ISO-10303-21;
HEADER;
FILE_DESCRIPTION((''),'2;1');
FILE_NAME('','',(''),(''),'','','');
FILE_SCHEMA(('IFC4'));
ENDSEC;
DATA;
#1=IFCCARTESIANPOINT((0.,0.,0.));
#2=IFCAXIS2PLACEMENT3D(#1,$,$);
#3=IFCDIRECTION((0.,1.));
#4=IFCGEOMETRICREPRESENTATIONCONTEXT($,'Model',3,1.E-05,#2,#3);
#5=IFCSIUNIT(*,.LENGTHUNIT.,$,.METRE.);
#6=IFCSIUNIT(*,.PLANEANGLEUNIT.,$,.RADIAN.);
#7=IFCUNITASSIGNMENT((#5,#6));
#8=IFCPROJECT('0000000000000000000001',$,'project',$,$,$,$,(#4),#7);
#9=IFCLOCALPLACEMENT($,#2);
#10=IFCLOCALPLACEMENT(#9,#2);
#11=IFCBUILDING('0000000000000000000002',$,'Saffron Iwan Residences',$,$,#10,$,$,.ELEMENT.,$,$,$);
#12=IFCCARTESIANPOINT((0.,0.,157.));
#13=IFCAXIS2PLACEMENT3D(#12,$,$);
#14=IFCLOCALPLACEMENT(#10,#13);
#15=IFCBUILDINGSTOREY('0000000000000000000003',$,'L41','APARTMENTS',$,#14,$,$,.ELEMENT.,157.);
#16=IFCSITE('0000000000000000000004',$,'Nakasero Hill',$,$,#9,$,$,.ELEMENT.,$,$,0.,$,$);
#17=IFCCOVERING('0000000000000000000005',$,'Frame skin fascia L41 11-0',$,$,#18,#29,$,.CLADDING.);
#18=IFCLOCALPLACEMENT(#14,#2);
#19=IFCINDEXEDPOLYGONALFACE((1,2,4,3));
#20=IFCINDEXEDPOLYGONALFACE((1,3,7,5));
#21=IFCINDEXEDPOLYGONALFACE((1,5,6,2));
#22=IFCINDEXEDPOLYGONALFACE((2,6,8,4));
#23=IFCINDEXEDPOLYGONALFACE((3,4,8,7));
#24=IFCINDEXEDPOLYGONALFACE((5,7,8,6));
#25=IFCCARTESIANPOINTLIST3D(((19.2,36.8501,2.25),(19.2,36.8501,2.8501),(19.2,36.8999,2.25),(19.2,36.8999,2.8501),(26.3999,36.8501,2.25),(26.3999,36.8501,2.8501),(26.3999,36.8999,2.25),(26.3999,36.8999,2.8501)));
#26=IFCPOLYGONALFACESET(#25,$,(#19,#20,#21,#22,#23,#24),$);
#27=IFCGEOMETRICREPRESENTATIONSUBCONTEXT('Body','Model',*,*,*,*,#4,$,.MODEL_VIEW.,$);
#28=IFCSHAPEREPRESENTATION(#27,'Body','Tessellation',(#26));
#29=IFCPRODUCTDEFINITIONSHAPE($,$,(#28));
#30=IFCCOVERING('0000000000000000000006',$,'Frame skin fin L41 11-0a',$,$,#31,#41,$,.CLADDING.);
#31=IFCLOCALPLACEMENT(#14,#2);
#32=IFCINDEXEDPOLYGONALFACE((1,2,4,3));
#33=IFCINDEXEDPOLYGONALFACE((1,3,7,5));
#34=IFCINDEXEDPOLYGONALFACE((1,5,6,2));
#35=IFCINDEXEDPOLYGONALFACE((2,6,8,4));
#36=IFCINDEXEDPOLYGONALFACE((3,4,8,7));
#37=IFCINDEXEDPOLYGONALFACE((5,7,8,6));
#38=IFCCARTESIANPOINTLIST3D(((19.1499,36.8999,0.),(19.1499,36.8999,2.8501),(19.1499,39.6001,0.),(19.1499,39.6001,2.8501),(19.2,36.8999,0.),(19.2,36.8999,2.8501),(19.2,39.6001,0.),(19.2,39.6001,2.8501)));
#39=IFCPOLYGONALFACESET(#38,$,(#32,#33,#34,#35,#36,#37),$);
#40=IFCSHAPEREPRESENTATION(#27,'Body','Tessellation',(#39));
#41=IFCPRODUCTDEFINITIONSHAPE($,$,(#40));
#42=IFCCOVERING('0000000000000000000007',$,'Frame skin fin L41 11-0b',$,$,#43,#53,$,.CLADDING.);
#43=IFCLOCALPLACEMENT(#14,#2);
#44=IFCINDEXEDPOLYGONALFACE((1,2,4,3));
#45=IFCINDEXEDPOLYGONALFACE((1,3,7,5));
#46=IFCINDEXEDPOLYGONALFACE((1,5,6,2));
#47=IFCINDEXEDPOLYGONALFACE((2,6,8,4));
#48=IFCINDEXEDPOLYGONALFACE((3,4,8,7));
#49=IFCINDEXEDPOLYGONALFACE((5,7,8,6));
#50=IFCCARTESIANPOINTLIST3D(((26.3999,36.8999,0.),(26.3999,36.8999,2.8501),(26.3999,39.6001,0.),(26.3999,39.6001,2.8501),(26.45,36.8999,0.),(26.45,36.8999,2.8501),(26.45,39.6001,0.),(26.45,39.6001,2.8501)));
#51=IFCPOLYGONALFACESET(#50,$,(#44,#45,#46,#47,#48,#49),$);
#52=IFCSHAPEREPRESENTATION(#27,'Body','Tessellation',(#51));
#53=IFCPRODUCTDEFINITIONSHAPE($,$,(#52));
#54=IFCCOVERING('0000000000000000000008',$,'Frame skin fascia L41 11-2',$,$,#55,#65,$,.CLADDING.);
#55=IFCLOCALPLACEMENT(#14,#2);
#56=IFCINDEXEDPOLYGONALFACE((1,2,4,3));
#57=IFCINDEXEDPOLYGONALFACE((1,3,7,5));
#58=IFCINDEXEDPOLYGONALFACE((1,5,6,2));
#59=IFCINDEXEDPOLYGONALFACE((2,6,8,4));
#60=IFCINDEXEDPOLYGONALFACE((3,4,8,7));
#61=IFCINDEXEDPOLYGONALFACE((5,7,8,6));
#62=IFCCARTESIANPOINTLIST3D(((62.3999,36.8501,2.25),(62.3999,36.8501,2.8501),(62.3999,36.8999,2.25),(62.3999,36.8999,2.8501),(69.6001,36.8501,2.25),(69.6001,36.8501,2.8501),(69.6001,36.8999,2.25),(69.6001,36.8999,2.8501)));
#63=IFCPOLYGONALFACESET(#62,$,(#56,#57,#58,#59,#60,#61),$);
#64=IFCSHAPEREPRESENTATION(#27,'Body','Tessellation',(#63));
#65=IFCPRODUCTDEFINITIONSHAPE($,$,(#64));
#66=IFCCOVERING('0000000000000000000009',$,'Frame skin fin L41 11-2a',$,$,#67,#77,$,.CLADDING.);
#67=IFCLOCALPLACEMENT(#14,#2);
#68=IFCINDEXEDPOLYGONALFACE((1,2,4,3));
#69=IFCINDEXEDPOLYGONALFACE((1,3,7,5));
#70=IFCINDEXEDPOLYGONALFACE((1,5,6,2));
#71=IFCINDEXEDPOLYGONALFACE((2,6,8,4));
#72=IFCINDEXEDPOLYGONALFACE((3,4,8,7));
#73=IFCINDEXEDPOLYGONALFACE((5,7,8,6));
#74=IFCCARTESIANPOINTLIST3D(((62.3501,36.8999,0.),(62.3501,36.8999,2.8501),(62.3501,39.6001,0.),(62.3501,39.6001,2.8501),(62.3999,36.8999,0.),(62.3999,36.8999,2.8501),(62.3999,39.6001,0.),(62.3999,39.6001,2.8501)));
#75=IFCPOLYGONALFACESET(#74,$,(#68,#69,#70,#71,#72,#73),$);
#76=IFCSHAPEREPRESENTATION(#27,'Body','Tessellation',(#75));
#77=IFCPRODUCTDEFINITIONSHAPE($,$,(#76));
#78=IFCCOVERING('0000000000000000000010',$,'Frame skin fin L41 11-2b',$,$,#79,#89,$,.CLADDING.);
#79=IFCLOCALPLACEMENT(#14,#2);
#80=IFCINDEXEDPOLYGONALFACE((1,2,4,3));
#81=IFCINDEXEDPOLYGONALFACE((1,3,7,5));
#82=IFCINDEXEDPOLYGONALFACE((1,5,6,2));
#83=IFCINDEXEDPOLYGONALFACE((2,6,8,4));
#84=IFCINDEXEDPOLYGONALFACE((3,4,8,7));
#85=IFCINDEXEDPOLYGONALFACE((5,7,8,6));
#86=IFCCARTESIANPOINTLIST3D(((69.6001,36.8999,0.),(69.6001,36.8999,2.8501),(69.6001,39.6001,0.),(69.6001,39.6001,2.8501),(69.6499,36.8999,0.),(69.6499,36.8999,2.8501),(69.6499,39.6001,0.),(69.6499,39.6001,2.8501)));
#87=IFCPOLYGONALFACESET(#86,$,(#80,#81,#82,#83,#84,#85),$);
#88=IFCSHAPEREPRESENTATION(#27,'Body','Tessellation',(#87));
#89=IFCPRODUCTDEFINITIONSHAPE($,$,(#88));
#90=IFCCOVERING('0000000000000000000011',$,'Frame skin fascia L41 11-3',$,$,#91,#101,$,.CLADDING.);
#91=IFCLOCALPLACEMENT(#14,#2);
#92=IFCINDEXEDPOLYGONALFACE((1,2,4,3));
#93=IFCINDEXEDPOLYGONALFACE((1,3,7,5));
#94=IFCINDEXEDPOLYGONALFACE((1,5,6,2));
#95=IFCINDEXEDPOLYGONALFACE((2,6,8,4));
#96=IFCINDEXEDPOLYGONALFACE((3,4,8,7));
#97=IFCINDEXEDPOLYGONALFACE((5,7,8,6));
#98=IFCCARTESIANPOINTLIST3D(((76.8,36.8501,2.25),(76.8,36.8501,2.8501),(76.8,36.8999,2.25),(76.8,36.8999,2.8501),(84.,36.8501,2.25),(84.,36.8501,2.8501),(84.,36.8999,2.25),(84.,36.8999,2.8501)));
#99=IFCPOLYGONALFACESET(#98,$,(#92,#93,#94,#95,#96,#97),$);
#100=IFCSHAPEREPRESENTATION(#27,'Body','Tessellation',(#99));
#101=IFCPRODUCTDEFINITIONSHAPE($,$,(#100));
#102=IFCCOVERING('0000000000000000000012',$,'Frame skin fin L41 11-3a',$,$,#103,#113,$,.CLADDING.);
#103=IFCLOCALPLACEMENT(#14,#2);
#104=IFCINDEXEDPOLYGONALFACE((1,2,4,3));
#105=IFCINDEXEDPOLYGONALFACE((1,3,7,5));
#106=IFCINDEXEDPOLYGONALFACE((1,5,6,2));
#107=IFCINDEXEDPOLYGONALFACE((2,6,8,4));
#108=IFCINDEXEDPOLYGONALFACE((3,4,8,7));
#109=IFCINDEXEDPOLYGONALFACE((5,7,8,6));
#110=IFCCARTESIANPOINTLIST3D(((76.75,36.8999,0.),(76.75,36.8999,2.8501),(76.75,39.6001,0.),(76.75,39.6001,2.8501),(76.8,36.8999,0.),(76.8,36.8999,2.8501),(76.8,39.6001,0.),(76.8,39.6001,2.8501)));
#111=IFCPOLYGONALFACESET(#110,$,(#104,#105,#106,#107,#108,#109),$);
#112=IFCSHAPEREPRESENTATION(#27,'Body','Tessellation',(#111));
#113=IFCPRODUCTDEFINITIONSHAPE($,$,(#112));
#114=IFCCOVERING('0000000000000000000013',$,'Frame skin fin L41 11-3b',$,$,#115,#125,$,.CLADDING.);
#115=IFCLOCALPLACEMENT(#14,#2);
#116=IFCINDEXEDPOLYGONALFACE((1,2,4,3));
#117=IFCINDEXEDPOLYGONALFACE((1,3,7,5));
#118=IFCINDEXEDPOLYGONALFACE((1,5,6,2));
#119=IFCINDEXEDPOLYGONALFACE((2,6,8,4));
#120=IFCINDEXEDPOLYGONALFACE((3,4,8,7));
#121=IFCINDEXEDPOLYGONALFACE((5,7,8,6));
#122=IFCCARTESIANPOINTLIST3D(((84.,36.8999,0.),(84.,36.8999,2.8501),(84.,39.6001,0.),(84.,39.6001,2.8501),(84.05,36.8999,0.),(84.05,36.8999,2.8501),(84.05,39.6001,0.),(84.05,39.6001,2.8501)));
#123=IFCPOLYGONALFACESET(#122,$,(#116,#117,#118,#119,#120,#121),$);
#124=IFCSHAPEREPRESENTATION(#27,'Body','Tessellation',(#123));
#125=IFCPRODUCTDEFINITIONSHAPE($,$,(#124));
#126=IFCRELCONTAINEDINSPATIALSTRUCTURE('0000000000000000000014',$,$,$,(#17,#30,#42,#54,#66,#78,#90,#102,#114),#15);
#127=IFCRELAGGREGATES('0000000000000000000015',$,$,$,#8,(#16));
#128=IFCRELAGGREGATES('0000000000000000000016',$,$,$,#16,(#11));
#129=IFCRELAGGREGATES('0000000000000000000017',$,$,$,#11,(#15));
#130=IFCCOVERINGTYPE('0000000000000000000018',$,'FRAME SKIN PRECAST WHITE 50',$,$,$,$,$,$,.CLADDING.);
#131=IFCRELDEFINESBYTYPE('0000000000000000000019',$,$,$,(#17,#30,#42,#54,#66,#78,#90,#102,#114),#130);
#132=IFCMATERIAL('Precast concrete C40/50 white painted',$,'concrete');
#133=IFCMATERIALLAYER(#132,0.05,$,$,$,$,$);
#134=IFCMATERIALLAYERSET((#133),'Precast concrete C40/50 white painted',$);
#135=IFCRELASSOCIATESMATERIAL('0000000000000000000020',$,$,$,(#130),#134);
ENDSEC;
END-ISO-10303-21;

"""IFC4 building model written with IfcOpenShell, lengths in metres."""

from ifc_helpers import new_model, si_unit, direction, frame, origin, place, context, subcontext, project, spatial, polyline, outline, extrude, material, layer, layer_set, type_object, element, save


model = new_model("IFC4")

# Units and contexts
model_context = context("Model", 3, precision=1e-05, world=origin(), true_north=direction((0.0, 1.0)))
body_context = subcontext(model_context, "Body", "Model", "MODEL_VIEW")
ifc_project = project(units=[si_unit("LENGTHUNIT", "METRE"), si_unit("PLANEANGLEUNIT", "RADIAN")], contexts=[model_context])

# Site, building, storey
site_placement = place(None, origin())
site = spatial("IfcSite", under=ifc_project, at=site_placement, Name="Nakasero Hill", CompositionType="ELEMENT", RefElevation=0.0)
building_placement = place(site_placement, origin())
building = spatial("IfcBuilding", under=site, at=building_placement, Name="Saffron Iwan Residences", CompositionType="ELEMENT")
storey_placement = place(building_placement, frame((0.0, 0.0, 157.0)))
storey = spatial("IfcBuildingStorey", under=building, at=storey_placement, Name="L41", Description="APARTMENTS", CompositionType="ELEMENT", Elevation=157.0)

# Coverings
ifc_material_1 = material(Name="Precast concrete C40/50 white painted", Category="concrete")
ifc_layer_1 = layer(ifc_material_1, 0.05)
ifc_layer_set_1 = layer_set([ifc_layer_1], Name="Precast concrete C40/50 white painted")
covering_type = type_object("IfcCoveringType", Name="FRAME SKIN PRECAST WHITE 50", PredefinedType="CLADDING", material=ifc_layer_set_1)
covering_1_placement = place(storey_placement, frame((0.0, 0.0, 2.25)))
element("IfcCovering", 1, at=covering_1_placement, inside=storey, type_object=covering_type, Name="Frame skin fascia L41 11-0", PredefinedType="CLADDING", context=body_context, shape_type="SweptSolid", body=[
    extrude(outline(polyline([(19.2, 36.8501), (26.3999, 36.8501), (26.3999, 36.8999), (19.2, 36.8999), (19.2, 36.8501)])), origin(), (0.0, 0.0, 1.0), 0.6001),
])
covering_2_placement = place(storey_placement, origin())
element("IfcCovering", 2, at=covering_2_placement, inside=storey, type_object=covering_type, Name="Frame skin fin L41 11-0a", PredefinedType="CLADDING", context=body_context, shape_type="SweptSolid", body=[
    extrude(outline(polyline([(19.1499, 36.8999), (19.2, 36.8999), (19.2, 39.6001), (19.1499, 39.6001), (19.1499, 36.8999)])), origin(), (0.0, 0.0, 1.0), 2.8501),
])
covering_3_placement = place(storey_placement, origin())
element("IfcCovering", 3, at=covering_3_placement, inside=storey, type_object=covering_type, Name="Frame skin fin L41 11-0b", PredefinedType="CLADDING", context=body_context, shape_type="SweptSolid", body=[
    extrude(outline(polyline([(26.3999, 36.8999), (26.45, 36.8999), (26.45, 39.6001), (26.3999, 39.6001), (26.3999, 36.8999)])), origin(), (0.0, 0.0, 1.0), 2.8501),
])
covering_4_placement = place(storey_placement, frame((0.0, 0.0, 2.25)))
element("IfcCovering", 4, at=covering_4_placement, inside=storey, type_object=covering_type, Name="Frame skin fascia L41 11-2", PredefinedType="CLADDING", context=body_context, shape_type="SweptSolid", body=[
    extrude(outline(polyline([(62.3999, 36.8501), (69.6001, 36.8501), (69.6001, 36.8999), (62.3999, 36.8999), (62.3999, 36.8501)])), origin(), (0.0, 0.0, 1.0), 0.6001),
])
covering_5_placement = place(storey_placement, origin())
element("IfcCovering", 5, at=covering_5_placement, inside=storey, type_object=covering_type, Name="Frame skin fin L41 11-2a", PredefinedType="CLADDING", context=body_context, shape_type="SweptSolid", body=[
    extrude(outline(polyline([(62.3501, 36.8999), (62.3999, 36.8999), (62.3999, 39.6001), (62.3501, 39.6001), (62.3501, 36.8999)])), origin(), (0.0, 0.0, 1.0), 2.8501),
])
covering_6_placement = place(storey_placement, origin())
element("IfcCovering", 6, at=covering_6_placement, inside=storey, type_object=covering_type, Name="Frame skin fin L41 11-2b", PredefinedType="CLADDING", context=body_context, shape_type="SweptSolid", body=[
    extrude(outline(polyline([(69.6001, 36.8999), (69.6499, 36.8999), (69.6499, 39.6001), (69.6001, 39.6001), (69.6001, 36.8999)])), origin(), (0.0, 0.0, 1.0), 2.8501),
])
covering_7_placement = place(storey_placement, frame((0.0, 0.0, 2.25)))
element("IfcCovering", 7, at=covering_7_placement, inside=storey, type_object=covering_type, Name="Frame skin fascia L41 11-3", PredefinedType="CLADDING", context=body_context, shape_type="SweptSolid", body=[
    extrude(outline(polyline([(76.8, 36.8501), (84.0, 36.8501), (84.0, 36.8999), (76.8, 36.8999), (76.8, 36.8501)])), origin(), (0.0, 0.0, 1.0), 0.6001),
])
covering_8_placement = place(storey_placement, origin())
element("IfcCovering", 8, at=covering_8_placement, inside=storey, type_object=covering_type, Name="Frame skin fin L41 11-3a", PredefinedType="CLADDING", context=body_context, shape_type="SweptSolid", body=[
    extrude(outline(polyline([(76.75, 36.8999), (76.8, 36.8999), (76.8, 39.6001), (76.75, 39.6001), (76.75, 36.8999)])), origin(), (0.0, 0.0, 1.0), 2.8501),
])
covering_9_placement = place(storey_placement, origin())
element("IfcCovering", 9, at=covering_9_placement, inside=storey, type_object=covering_type, Name="Frame skin fin L41 11-3b", PredefinedType="CLADDING", context=body_context, shape_type="SweptSolid", body=[
    extrude(outline(polyline([(84.0, 36.8999), (84.05, 36.8999), (84.05, 39.6001), (84.0, 39.6001), (84.0, 36.8999)])), origin(), (0.0, 0.0, 1.0), 2.8501),
])

save(model, "model.ifc")
